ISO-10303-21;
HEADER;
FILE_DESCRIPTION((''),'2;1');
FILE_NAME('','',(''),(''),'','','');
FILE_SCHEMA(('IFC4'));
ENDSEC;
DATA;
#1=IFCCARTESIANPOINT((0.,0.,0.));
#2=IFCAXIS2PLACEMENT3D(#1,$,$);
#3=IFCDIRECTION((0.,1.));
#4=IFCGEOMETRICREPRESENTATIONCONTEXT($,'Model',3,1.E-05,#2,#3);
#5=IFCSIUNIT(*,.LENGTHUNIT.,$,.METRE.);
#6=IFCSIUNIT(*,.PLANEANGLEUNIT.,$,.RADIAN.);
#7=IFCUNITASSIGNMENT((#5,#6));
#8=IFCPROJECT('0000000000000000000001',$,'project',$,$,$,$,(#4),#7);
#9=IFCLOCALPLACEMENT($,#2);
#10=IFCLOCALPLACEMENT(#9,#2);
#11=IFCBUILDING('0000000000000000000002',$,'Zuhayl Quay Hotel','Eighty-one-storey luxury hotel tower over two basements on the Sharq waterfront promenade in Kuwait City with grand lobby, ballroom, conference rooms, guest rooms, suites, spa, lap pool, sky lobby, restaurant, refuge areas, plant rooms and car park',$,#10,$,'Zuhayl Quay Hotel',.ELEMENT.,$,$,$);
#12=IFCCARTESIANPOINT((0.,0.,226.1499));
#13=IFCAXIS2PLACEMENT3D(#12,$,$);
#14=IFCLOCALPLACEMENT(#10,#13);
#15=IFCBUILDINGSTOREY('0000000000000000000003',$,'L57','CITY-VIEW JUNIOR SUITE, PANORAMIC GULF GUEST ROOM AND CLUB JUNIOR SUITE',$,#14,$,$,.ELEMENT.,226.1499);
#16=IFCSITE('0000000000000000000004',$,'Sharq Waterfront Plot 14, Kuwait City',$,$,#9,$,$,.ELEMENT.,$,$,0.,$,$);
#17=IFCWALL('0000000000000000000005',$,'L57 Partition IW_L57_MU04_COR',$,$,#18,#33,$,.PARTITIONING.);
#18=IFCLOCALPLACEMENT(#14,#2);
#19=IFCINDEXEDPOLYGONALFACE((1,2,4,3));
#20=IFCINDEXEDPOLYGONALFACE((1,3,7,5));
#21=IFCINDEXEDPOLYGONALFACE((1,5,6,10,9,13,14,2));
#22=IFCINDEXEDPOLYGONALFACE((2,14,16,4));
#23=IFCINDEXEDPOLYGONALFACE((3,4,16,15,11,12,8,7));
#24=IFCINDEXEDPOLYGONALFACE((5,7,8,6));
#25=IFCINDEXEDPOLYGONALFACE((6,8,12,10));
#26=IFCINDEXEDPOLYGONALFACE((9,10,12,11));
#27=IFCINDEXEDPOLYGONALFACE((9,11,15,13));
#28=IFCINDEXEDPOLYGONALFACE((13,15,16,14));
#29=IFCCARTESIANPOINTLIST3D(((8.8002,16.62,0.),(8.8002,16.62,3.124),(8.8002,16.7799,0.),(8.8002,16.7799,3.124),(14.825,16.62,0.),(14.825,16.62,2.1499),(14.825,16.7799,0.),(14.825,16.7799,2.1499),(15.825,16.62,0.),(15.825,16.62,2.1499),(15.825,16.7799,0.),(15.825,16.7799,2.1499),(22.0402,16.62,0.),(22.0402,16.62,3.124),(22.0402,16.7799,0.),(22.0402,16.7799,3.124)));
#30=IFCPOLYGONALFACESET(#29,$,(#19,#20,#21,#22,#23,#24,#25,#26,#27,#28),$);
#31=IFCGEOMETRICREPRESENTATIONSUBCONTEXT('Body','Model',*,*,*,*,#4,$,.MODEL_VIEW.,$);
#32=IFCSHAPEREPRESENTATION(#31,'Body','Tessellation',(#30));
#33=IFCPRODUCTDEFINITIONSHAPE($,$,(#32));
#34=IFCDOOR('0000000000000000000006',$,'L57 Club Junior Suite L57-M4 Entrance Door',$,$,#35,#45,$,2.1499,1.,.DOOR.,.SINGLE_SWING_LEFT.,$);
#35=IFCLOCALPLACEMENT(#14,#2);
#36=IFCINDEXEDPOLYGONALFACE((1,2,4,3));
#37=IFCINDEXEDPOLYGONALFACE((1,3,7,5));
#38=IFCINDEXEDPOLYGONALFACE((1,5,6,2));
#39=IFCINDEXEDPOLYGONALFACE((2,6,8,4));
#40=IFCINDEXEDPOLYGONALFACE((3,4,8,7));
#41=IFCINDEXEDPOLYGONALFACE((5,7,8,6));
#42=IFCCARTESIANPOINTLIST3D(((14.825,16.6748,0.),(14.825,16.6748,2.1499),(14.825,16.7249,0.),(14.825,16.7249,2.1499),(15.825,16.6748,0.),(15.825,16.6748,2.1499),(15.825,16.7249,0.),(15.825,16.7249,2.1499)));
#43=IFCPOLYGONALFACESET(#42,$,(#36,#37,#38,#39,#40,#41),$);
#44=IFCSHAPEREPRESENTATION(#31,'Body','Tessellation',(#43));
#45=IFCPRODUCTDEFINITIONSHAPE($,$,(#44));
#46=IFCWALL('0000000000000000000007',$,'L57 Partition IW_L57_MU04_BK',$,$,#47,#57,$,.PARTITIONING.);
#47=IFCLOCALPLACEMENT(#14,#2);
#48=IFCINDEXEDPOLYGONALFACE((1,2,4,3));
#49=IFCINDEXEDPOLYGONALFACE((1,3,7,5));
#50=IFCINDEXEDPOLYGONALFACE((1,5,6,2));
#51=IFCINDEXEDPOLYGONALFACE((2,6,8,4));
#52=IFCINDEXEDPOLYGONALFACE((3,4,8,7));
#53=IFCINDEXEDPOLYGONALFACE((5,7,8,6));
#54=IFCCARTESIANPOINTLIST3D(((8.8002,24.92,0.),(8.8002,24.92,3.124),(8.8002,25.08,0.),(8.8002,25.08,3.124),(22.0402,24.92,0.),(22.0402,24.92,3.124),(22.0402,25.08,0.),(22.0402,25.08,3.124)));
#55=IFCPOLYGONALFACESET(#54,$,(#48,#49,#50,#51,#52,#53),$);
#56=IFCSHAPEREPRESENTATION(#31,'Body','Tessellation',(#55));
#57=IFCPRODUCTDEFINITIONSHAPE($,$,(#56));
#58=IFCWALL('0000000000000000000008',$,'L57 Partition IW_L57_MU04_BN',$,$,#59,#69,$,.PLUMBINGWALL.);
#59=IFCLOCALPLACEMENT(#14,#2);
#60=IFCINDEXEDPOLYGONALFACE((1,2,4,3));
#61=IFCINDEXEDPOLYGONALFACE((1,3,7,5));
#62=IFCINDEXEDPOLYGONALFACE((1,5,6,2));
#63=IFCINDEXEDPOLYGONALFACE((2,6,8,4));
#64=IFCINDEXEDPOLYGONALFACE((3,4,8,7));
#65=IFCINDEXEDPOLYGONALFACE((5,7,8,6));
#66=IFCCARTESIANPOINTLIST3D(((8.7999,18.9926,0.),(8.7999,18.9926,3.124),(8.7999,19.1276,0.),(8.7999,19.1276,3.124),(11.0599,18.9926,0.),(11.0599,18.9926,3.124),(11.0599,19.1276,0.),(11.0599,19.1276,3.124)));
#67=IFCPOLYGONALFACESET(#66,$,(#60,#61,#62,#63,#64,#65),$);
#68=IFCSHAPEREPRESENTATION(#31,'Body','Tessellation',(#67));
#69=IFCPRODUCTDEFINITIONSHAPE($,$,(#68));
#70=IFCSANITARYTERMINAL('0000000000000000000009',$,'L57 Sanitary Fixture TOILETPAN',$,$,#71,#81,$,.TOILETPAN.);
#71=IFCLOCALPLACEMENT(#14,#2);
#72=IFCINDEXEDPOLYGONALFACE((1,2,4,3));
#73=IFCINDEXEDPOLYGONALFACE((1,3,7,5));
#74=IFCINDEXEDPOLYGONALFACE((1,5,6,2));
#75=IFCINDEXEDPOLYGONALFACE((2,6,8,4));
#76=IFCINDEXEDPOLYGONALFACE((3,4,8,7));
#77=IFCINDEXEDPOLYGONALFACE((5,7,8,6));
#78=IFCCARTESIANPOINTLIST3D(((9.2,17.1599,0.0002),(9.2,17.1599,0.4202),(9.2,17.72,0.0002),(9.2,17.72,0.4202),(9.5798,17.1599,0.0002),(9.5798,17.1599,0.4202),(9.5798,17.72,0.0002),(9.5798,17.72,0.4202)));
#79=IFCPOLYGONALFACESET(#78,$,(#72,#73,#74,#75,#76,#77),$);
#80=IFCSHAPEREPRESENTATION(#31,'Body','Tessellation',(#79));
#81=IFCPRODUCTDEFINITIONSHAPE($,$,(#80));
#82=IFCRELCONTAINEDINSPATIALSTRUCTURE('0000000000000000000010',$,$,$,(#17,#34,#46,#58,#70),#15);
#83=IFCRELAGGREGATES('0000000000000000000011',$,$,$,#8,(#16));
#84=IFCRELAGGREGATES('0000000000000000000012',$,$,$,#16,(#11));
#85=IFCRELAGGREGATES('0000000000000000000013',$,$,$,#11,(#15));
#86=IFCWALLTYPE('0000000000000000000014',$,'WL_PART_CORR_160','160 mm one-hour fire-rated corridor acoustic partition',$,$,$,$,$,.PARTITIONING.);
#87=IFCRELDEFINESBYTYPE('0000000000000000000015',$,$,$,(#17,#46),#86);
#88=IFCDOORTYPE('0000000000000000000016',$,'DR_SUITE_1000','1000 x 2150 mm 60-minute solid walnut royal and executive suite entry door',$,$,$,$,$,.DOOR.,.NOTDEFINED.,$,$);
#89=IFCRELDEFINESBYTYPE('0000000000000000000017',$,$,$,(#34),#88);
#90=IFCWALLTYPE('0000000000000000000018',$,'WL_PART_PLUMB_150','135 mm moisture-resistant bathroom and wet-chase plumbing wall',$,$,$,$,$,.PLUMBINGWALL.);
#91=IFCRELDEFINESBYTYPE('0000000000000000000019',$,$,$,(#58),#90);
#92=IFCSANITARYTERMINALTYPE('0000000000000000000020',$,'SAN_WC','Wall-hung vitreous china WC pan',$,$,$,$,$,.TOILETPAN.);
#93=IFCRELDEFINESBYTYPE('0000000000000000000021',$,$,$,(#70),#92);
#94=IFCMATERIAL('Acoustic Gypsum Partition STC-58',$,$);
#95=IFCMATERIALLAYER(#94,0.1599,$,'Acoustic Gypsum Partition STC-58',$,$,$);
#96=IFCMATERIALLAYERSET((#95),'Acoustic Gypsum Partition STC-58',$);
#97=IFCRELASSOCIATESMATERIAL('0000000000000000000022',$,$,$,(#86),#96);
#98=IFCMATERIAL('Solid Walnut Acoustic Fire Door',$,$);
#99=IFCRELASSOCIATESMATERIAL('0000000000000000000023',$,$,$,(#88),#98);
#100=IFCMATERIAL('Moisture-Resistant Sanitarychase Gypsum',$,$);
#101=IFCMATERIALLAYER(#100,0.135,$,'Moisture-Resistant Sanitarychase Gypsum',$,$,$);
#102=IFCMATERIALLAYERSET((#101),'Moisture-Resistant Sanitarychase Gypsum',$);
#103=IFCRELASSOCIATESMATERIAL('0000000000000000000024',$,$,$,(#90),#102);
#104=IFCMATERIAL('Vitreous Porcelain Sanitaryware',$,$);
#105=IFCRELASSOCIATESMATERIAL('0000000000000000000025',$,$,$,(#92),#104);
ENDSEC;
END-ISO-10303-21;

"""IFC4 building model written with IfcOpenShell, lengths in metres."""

from ifc_helpers import new_model, si_unit, direction, frame, frame_2d, origin, origin_2d, place, context, subcontext, project, spatial, rectangle, extrude, material, layer, layer_set, type_object, element, fill, save


model = new_model("IFC4")

# Units and contexts
model_context = context("Model", 3, precision=1e-05, world=origin(), true_north=direction((0.0, 1.0)))
body_context = subcontext(model_context, "Body", "Model", "MODEL_VIEW")
ifc_project = project(units=[si_unit("LENGTHUNIT", "METRE"), si_unit("PLANEANGLEUNIT", "RADIAN")], contexts=[model_context])

# Site, building, storey
site_placement = place(None, origin())
site = spatial("IfcSite", under=ifc_project, at=site_placement, Name="Sharq Waterfront Plot 14, Kuwait City", CompositionType="ELEMENT", RefElevation=0.0)
building_placement = place(site_placement, origin())
building = spatial("IfcBuilding", under=site, at=building_placement, Name="Zuhayl Quay Hotel", Description="Eighty-one-storey luxury hotel tower over two basements on the Sharq waterfront promenade in Kuwait City with grand lobby, ballroom, conference rooms, guest rooms, suites, spa, lap pool, sky lobby, restaurant, refuge areas, plant rooms and car park", LongName="Zuhayl Quay Hotel", CompositionType="ELEMENT")
storey_placement = place(building_placement, frame((0.0, 0.0, 226.1499)))
storey = spatial("IfcBuildingStorey", under=building, at=storey_placement, Name="L57", Description="CITY-VIEW JUNIOR SUITE, PANORAMIC GULF GUEST ROOM AND CLUB JUNIOR SUITE", CompositionType="ELEMENT", Elevation=226.1499)

# Shared definitions
ifc_material_1 = material(Name="Acoustic Gypsum Partition STC-58")

# Wall, opening, door
ifc_layer_1 = layer(ifc_material_1, 0.1599, Name="Acoustic Gypsum Partition STC-58")
ifc_layer_set_1 = layer_set([ifc_layer_1], Name="Acoustic Gypsum Partition STC-58")
wall_type_1 = type_object("IfcWallType", Name="WL_PART_CORR_160", Description="160 mm one-hour fire-rated corridor acoustic partition", PredefinedType="PARTITIONING", material=ifc_layer_set_1)
ifc_material_2 = material(Name="Solid Walnut Acoustic Fire Door")
wall_1_placement = place(storey_placement, frame((8.8, 16.7, 0.0), z_axis=(0.0, 0.0, 1.0), x_axis=(1.0, 0.0, 0.0)))
wall_1 = element("IfcWall", 1, at=wall_1_placement, inside=storey, type_object=wall_type_1, Name="L57 Partition IW_L57_MU04_COR", PredefinedType="PARTITIONING", context=body_context, shape_type="SweptSolid", body=[
    extrude(rectangle(XDim=13.24, YDim=0.1599, at=frame_2d((6.6201, 0.0))), origin(), (0.0, 0.0, 1.0), 3.124),
])
opening_1_placement = place(wall_1_placement, frame((6.0249, 0.0, 0.0)))
opening_1 = element("IfcOpeningElement", 2, at=opening_1_placement, cuts=wall_1, PredefinedType="OPENING", context=body_context, shape_type="SweptSolid", body=[
    extrude(rectangle(XDim=1.0, YDim=2.1499, at=frame_2d((0.5, 1.075))), frame((0.0, 0.0898, 0.0), z_axis=(0.0, -1.0, 0.0), x_axis=(1.0, 0.0, 0.0)), (0.0, 0.0, 1.0), 0.1799),
])
door_type_1 = type_object("IfcDoorType", Name="DR_SUITE_1000", Description="1000 x 2150 mm 60-minute solid walnut royal and executive suite entry door", OperationType="NOTDEFINED", PredefinedType="DOOR", material=ifc_material_2)
door_1_placement = place(opening_1_placement, origin())
door_1 = element("IfcDoor", 3, at=door_1_placement, inside=storey, type_object=door_type_1, Name="L57 Club Junior Suite L57-M4 Entrance Door", OperationType="SINGLE_SWING_LEFT", OverallHeight=2.1499, OverallWidth=1.0, PredefinedType="DOOR", context=body_context, shape_type="SweptSolid", body=[
    extrude(rectangle(XDim=1.0, YDim=2.1499, at=frame_2d((0.5, 1.075))), frame((0.0, 0.0249, 0.0), z_axis=(0.0, -1.0, 0.0), x_axis=(1.0, 0.0, 0.0)), (0.0, 0.0, 1.0), 0.05),
])
fill(opening_1, door_1)

# Walls
wall_2_placement = place(storey_placement, frame((8.8, 25.0, 0.0), z_axis=(0.0, 0.0, 1.0), x_axis=(1.0, 0.0, 0.0)))
element("IfcWall", 4, at=wall_2_placement, inside=storey, type_object=wall_type_1, Name="L57 Partition IW_L57_MU04_BK", PredefinedType="PARTITIONING", context=body_context, shape_type="SweptSolid", body=[
    extrude(rectangle(XDim=13.24, YDim=0.1599, at=frame_2d((6.6201, 0.0))), origin(), (0.0, 0.0, 1.0), 3.124),
])
ifc_material_3 = material(Name="Moisture-Resistant Sanitarychase Gypsum")
ifc_layer_2 = layer(ifc_material_3, 0.135, Name="Moisture-Resistant Sanitarychase Gypsum")
ifc_layer_set_2 = layer_set([ifc_layer_2], Name="Moisture-Resistant Sanitarychase Gypsum")
wall_type_2 = type_object("IfcWallType", Name="WL_PART_PLUMB_150", Description="135 mm moisture-resistant bathroom and wet-chase plumbing wall", PredefinedType="PLUMBINGWALL", material=ifc_layer_set_2)
wall_3_placement = place(storey_placement, frame((8.8, 19.0601, 0.0), z_axis=(0.0, 0.0, 1.0), x_axis=(1.0, 0.0, 0.0)))
element("IfcWall", 5, at=wall_3_placement, inside=storey, type_object=wall_type_2, Name="L57 Partition IW_L57_MU04_BN", PredefinedType="PLUMBINGWALL", context=body_context, shape_type="SweptSolid", body=[
    extrude(rectangle(XDim=2.26, YDim=0.135, at=frame_2d((1.1299, 0.0))), origin(), (0.0, 0.0, 1.0), 3.124),
])

# Sanitary terminal
ifc_material_4 = material(Name="Vitreous Porcelain Sanitaryware")
sanitary_terminal_type = type_object("IfcSanitaryTerminalType", Name="SAN_WC", Description="Wall-hung vitreous china WC pan", PredefinedType="TOILETPAN", material=ifc_material_4)
sanitary_terminal_placement = place(storey_placement, frame((9.3899, 17.4399, 0.0002), z_axis=(0.0, 0.0, 1.0), x_axis=(1.0, 0.0, 0.0)))
element("IfcSanitaryTerminal", 6, at=sanitary_terminal_placement, inside=storey, type_object=sanitary_terminal_type, Name="L57 Sanitary Fixture TOILETPAN", PredefinedType="TOILETPAN", context=body_context, shape_type="SweptSolid", body=[
    extrude(rectangle(XDim=0.3799, YDim=0.5601, at=origin_2d()), origin(), (0.0, 0.0, 1.0), 0.4199),
])

save(model, "model.ifc")
